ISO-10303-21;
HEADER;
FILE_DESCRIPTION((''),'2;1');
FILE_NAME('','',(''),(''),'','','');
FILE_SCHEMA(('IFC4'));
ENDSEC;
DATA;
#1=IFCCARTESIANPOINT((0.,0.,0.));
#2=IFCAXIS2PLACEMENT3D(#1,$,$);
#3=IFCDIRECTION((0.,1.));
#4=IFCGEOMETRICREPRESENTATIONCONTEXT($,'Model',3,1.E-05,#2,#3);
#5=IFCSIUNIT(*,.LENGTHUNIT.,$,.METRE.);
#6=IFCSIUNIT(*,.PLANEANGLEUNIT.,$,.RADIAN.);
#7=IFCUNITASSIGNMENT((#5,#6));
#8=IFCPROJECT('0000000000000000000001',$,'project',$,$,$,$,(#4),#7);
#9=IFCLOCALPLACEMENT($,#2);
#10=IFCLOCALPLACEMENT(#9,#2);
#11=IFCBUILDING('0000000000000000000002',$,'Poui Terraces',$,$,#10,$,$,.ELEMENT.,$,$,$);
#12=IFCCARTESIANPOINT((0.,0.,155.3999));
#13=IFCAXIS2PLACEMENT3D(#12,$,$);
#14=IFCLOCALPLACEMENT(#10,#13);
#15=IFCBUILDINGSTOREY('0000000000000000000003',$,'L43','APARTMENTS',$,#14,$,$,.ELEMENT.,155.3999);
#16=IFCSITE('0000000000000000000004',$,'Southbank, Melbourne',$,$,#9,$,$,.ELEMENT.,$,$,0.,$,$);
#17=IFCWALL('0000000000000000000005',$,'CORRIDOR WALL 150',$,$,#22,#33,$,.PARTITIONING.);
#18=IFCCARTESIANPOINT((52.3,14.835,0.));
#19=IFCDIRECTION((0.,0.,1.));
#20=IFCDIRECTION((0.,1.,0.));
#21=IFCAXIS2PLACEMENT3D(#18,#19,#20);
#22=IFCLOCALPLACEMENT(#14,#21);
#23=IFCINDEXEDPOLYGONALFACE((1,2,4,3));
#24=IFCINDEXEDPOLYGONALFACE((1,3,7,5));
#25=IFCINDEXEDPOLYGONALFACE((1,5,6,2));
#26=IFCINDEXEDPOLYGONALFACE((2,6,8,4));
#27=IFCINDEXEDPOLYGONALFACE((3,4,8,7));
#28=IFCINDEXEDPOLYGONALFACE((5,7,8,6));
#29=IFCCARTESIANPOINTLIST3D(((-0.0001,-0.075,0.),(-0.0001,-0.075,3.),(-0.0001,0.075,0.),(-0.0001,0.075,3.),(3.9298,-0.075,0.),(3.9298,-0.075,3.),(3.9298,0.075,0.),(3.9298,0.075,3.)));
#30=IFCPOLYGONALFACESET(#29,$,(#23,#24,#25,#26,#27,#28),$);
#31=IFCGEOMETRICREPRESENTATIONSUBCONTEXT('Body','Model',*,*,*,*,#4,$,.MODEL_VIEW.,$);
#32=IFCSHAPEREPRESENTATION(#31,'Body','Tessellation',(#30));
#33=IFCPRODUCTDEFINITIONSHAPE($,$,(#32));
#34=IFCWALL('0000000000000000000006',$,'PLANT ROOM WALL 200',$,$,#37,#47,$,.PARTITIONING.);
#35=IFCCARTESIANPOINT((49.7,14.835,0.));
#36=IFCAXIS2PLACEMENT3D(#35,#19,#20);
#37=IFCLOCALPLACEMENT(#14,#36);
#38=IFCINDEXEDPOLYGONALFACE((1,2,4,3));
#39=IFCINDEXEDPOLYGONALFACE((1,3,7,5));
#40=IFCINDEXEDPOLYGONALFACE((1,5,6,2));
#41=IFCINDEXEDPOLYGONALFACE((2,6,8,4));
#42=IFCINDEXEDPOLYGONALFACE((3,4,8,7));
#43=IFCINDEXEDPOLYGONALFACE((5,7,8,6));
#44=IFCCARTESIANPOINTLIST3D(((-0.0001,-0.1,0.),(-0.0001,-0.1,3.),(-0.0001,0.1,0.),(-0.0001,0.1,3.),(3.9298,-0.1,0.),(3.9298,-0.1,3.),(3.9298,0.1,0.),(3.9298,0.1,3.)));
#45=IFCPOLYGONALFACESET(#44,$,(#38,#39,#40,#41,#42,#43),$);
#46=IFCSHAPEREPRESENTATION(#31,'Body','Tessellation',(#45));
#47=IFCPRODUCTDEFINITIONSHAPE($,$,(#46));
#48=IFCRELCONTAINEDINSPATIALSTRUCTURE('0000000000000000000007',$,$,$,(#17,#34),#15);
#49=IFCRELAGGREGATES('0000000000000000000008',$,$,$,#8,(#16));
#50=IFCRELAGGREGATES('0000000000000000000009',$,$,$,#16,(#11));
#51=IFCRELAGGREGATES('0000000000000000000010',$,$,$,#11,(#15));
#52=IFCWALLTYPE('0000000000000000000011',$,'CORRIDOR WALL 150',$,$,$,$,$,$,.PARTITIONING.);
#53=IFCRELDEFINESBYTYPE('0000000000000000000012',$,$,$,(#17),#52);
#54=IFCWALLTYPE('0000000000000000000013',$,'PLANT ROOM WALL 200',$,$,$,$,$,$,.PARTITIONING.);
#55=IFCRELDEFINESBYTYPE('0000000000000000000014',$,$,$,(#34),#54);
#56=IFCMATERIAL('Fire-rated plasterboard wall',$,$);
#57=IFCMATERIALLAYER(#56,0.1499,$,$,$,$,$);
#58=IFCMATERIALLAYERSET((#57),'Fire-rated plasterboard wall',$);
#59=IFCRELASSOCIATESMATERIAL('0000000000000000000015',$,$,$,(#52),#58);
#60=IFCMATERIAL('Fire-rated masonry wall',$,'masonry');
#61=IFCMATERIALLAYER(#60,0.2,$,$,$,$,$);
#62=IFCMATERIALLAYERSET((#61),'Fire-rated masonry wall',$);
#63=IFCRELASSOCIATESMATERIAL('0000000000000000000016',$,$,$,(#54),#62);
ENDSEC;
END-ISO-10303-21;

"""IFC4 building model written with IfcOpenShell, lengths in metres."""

from ifc_helpers import new_model, si_unit, direction, frame, frame_2d, origin, place, context, subcontext, project, spatial, rectangle, extrude, material, layer, layer_set, type_object, element, save


model = new_model("IFC4")

# Units and contexts
model_context = context("Model", 3, precision=1e-05, world=origin(), true_north=direction((0.0, 1.0)))
body_context = subcontext(model_context, "Body", "Model", "MODEL_VIEW")
ifc_project = project(units=[si_unit("LENGTHUNIT", "METRE"), si_unit("PLANEANGLEUNIT", "RADIAN")], contexts=[model_context])

# Site, building, storey
site_placement = place(None, origin())
site = spatial("IfcSite", under=ifc_project, at=site_placement, Name="Southbank, Melbourne", CompositionType="ELEMENT", RefElevation=0.0)
building_placement = place(site_placement, origin())
building = spatial("IfcBuilding", under=site, at=building_placement, Name="Poui Terraces", CompositionType="ELEMENT")
storey_placement = place(building_placement, frame((0.0, 0.0, 155.3999)))
storey = spatial("IfcBuildingStorey", under=building, at=storey_placement, Name="L43", Description="APARTMENTS", CompositionType="ELEMENT", Elevation=155.3999)

# Wall
ifc_material_1 = material(Name="Fire-rated plasterboard wall")
ifc_layer_1 = layer(ifc_material_1, 0.1499)
ifc_layer_set_1 = layer_set([ifc_layer_1], Name="Fire-rated plasterboard wall")
wall_type_1 = type_object("IfcWallType", Name="CORRIDOR WALL 150", PredefinedType="PARTITIONING", material=ifc_layer_set_1)
wall_1_placement = place(storey_placement, frame((52.3, 14.835, 0.0), z_axis=(0.0, 0.0, 1.0), x_axis=(0.0, 1.0, 0.0)))
element("IfcWall", 1, at=wall_1_placement, inside=storey, type_object=wall_type_1, Name="CORRIDOR WALL 150", PredefinedType="PARTITIONING", context=body_context, shape_type="SweptSolid", body=[
    extrude(rectangle(XDim=3.9299, YDim=0.1499, at=frame_2d((1.9648, 0.0))), origin(), (0.0, 0.0, 1.0), 3.0),
])

# Wall
ifc_material_2 = material(Name="Fire-rated masonry wall", Category="masonry")
ifc_layer_2 = layer(ifc_material_2, 0.2)
ifc_layer_set_2 = layer_set([ifc_layer_2], Name="Fire-rated masonry wall")
wall_type_2 = type_object("IfcWallType", Name="PLANT ROOM WALL 200", PredefinedType="PARTITIONING", material=ifc_layer_set_2)
wall_2_placement = place(storey_placement, frame((49.7, 14.835, 0.0), z_axis=(0.0, 0.0, 1.0), x_axis=(0.0, 1.0, 0.0)))
element("IfcWall", 2, at=wall_2_placement, inside=storey, type_object=wall_type_2, Name="PLANT ROOM WALL 200", PredefinedType="PARTITIONING", context=body_context, shape_type="SweptSolid", body=[
    extrude(rectangle(XDim=3.9299, YDim=0.2, at=frame_2d((1.9648, 0.0))), origin(), (0.0, 0.0, 1.0), 3.0),
])

save(model, "model.ifc")
